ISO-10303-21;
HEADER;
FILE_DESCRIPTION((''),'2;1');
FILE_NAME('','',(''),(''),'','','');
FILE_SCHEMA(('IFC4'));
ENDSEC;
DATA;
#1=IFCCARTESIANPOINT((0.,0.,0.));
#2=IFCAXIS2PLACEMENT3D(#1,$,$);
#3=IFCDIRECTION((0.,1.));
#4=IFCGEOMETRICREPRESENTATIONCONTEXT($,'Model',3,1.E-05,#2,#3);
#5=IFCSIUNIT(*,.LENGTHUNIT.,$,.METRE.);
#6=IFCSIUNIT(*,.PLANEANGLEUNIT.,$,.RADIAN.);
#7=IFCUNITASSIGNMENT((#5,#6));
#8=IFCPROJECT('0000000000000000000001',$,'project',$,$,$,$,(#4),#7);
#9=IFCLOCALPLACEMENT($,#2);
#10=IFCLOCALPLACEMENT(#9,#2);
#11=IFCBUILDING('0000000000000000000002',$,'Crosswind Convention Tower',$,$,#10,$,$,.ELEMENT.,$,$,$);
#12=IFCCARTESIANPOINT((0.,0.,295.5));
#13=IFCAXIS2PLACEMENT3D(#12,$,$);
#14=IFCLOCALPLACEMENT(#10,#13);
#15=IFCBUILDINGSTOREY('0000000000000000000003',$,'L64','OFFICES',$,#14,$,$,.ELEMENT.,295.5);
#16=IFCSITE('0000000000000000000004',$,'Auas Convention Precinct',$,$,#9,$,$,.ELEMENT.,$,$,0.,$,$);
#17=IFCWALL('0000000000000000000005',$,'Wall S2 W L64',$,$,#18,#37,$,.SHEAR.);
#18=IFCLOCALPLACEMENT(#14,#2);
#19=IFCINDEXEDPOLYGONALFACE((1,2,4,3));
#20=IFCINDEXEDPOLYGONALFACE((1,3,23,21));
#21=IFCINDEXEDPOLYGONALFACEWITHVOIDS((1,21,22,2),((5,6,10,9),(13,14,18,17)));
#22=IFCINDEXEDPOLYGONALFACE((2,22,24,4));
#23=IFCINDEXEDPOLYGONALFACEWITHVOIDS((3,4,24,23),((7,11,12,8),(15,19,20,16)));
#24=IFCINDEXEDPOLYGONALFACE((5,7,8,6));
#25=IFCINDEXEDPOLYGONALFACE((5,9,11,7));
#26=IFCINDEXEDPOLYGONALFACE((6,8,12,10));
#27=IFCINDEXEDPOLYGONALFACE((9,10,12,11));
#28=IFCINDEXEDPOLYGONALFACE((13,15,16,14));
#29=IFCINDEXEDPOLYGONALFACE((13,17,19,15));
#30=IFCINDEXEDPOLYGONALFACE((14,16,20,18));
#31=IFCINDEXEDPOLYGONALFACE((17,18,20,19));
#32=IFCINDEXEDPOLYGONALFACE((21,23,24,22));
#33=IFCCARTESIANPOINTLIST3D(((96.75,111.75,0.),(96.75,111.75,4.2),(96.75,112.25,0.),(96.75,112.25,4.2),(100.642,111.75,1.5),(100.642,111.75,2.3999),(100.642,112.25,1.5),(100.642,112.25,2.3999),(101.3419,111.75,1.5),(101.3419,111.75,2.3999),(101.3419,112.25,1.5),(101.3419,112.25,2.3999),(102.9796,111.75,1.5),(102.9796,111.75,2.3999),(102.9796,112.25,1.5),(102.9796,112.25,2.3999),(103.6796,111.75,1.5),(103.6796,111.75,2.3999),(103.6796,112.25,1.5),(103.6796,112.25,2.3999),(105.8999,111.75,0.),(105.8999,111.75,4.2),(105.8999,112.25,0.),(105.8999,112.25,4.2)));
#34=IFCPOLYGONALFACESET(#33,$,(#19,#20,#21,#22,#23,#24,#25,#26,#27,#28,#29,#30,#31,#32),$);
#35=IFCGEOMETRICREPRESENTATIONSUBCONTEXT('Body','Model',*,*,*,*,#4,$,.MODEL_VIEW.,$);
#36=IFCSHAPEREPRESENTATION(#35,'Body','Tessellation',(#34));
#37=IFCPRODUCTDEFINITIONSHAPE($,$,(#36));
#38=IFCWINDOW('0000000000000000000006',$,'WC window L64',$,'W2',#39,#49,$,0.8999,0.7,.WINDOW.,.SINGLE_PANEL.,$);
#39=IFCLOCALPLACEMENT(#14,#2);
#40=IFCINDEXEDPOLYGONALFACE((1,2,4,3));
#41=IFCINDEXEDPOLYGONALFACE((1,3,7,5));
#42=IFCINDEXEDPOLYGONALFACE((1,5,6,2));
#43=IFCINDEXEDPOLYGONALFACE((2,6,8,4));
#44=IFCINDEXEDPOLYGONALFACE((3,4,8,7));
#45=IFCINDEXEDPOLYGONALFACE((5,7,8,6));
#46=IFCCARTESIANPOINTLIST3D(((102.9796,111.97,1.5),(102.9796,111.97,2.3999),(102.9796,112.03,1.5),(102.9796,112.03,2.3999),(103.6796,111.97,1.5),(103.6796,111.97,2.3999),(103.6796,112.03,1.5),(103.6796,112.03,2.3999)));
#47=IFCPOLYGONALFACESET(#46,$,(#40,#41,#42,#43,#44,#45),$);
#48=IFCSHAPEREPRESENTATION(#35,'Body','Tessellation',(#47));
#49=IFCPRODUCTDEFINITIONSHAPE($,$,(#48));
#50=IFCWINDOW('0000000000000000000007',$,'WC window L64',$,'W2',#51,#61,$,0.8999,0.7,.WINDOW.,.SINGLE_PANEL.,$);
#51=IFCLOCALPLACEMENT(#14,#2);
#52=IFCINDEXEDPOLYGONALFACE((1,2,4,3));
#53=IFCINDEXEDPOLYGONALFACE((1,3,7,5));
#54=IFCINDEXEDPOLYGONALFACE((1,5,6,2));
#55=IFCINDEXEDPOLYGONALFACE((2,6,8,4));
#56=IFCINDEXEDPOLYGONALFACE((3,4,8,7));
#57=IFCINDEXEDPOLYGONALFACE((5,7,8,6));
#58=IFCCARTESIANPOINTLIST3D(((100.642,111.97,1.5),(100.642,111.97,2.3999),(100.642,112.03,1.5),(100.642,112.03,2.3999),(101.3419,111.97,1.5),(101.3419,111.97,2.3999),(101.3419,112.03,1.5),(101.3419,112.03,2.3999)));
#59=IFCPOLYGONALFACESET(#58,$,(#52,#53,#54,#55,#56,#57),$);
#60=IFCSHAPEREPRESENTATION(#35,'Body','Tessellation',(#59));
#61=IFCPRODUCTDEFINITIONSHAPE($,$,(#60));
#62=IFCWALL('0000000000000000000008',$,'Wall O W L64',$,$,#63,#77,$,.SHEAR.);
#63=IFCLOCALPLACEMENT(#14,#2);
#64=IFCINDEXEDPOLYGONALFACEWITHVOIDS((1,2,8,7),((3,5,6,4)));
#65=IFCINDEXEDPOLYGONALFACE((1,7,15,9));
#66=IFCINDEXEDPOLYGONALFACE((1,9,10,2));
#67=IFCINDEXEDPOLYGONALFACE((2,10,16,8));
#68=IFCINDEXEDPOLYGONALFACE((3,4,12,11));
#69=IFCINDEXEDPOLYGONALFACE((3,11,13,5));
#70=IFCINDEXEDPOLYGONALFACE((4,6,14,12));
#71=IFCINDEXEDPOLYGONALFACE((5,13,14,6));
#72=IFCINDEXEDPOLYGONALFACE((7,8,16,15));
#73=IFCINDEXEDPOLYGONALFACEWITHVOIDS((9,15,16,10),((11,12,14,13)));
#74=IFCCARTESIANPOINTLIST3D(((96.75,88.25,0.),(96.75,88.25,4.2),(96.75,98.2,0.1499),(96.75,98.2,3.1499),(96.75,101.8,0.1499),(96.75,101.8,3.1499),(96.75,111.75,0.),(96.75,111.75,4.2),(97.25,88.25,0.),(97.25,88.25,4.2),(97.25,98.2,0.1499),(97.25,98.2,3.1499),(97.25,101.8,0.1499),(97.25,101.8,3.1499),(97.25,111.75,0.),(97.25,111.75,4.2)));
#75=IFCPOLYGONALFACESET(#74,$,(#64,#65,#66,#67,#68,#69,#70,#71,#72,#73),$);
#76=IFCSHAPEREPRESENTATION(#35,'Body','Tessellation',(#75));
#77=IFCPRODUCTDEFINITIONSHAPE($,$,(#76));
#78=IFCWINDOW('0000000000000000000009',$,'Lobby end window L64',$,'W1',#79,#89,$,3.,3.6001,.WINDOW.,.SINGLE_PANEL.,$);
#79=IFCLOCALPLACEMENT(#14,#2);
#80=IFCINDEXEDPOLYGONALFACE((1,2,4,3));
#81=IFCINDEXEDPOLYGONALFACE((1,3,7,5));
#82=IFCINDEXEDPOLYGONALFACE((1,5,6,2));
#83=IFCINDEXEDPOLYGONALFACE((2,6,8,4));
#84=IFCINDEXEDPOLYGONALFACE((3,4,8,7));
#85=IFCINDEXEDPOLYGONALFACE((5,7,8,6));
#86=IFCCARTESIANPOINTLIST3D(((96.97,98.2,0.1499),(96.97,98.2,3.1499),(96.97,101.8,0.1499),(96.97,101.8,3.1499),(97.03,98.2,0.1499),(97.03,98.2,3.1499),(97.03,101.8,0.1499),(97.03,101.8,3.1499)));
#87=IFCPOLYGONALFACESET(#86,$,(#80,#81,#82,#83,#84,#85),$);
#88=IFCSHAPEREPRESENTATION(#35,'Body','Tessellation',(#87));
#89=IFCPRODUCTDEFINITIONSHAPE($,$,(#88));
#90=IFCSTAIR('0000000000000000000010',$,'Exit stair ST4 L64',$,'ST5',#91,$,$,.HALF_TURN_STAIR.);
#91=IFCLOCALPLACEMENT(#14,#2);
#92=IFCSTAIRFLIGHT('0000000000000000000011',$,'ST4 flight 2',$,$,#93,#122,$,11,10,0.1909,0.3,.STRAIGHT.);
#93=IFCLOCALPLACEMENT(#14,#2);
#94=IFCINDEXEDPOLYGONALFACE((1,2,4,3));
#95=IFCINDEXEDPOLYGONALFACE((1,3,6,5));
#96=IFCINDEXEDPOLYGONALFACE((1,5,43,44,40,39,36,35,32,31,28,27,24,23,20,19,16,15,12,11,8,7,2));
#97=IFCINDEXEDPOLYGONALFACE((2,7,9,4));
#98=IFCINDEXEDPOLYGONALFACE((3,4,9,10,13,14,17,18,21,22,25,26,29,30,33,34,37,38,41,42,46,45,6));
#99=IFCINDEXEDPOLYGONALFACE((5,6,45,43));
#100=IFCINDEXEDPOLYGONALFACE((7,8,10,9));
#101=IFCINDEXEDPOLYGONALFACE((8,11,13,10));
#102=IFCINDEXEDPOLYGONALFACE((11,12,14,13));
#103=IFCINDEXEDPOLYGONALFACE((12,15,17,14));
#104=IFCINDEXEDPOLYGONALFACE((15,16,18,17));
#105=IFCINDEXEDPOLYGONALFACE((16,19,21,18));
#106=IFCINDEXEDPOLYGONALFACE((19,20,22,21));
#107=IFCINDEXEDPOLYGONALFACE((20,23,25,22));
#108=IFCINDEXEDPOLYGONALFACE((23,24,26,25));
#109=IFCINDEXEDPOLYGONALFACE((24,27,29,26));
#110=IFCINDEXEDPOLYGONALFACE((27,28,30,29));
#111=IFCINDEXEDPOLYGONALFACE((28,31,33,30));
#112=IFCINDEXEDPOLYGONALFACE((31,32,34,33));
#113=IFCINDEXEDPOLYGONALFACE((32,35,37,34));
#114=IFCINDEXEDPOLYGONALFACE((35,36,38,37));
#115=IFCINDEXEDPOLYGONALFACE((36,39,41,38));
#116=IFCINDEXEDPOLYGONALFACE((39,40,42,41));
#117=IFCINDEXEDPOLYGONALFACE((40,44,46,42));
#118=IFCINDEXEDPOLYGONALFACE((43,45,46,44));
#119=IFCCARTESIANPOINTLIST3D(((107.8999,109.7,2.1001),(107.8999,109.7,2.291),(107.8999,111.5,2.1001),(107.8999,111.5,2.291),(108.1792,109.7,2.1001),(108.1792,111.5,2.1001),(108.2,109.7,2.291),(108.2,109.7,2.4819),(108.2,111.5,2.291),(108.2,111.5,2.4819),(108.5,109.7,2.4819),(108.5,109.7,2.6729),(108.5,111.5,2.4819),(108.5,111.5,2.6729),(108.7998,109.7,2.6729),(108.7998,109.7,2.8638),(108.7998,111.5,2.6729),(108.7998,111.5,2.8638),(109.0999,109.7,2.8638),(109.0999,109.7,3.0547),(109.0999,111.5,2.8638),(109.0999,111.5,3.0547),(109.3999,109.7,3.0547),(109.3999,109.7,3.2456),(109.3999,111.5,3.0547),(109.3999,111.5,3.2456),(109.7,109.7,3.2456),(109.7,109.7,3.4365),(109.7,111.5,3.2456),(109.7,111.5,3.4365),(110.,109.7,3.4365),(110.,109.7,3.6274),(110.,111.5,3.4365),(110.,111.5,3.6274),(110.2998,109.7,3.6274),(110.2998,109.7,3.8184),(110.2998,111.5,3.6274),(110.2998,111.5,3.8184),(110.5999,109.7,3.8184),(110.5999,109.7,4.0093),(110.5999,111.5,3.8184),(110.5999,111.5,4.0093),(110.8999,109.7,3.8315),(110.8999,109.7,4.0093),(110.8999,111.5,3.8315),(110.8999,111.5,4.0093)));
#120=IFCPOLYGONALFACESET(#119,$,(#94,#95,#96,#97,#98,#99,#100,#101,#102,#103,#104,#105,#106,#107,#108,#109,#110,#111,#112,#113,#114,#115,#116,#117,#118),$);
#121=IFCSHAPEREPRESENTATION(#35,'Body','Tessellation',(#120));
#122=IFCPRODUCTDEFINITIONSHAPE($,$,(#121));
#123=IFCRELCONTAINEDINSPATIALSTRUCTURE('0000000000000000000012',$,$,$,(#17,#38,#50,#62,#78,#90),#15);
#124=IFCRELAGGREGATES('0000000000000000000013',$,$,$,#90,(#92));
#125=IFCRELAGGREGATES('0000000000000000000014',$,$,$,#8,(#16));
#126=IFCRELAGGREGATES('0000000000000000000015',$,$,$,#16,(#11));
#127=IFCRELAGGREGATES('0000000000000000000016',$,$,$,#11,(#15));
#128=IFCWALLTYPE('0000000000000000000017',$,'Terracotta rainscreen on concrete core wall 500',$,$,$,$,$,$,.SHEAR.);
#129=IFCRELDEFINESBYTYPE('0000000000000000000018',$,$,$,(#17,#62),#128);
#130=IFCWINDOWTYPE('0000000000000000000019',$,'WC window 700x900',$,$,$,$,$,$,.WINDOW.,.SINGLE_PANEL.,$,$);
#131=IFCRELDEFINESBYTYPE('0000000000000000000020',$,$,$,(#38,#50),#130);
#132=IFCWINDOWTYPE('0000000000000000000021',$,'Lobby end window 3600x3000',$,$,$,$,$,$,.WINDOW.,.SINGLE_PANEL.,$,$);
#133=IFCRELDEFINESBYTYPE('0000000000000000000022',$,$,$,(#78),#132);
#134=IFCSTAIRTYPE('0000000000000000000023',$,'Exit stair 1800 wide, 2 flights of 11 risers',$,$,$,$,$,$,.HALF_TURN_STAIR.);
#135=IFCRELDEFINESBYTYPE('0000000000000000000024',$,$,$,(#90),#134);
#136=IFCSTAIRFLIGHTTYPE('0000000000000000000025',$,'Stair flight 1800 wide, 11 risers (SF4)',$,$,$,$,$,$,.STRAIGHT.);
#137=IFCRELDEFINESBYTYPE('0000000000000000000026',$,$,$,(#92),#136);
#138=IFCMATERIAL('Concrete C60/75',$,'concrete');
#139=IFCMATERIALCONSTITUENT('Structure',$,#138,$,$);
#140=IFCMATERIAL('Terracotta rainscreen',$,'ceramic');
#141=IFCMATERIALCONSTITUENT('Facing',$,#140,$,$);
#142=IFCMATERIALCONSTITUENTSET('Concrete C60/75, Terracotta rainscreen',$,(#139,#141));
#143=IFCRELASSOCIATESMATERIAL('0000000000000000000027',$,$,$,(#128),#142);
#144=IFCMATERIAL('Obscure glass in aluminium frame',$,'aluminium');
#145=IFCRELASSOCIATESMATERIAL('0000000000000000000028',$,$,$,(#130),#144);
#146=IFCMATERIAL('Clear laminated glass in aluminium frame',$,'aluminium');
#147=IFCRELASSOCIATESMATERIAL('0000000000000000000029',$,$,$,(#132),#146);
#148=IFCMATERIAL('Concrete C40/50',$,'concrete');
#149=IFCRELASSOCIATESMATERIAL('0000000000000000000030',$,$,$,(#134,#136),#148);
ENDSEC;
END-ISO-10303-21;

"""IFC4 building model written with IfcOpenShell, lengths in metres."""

from ifc_helpers import new_model, si_unit, direction, frame, frame_2d, origin, place, context, subcontext, project, spatial, polyline, rectangle, outline, extrude, material, constituent, constituent_set, type_object, element, fill, aggregate, save


model = new_model("IFC4")

# Units and contexts
model_context = context("Model", 3, precision=1e-05, world=origin(), true_north=direction((0.0, 1.0)))
body_context = subcontext(model_context, "Body", "Model", "MODEL_VIEW")
ifc_project = project(units=[si_unit("LENGTHUNIT", "METRE"), si_unit("PLANEANGLEUNIT", "RADIAN")], contexts=[model_context])

# Site, building, storey
site_placement = place(None, origin())
site = spatial("IfcSite", under=ifc_project, at=site_placement, Name="Auas Convention Precinct", CompositionType="ELEMENT", RefElevation=0.0)
building_placement = place(site_placement, origin())
building = spatial("IfcBuilding", under=site, at=building_placement, Name="Crosswind Convention Tower", CompositionType="ELEMENT")
storey_placement = place(building_placement, frame((0.0, 0.0, 295.5)))
storey = spatial("IfcBuildingStorey", under=building, at=storey_placement, Name="L64", Description="OFFICES", CompositionType="ELEMENT", Elevation=295.5)

# Wall, openings, windows
ifc_material_1 = material(Name="Concrete C60/75", Category="concrete")
ifc_constituent_1 = constituent(ifc_material_1, Name="Structure")
ifc_material_2 = material(Name="Terracotta rainscreen", Category="ceramic")
ifc_constituent_2 = constituent(ifc_material_2, Name="Facing")
ifc_constituent_set = constituent_set(constituents=[ifc_constituent_1, ifc_constituent_2], Name="Concrete C60/75, Terracotta rainscreen")
wall_type_1 = type_object("IfcWallType", Name="Terracotta rainscreen on concrete core wall 500", PredefinedType="SHEAR", material=ifc_constituent_set)
wall_1_placement = place(storey_placement, frame((105.8999, 112.0, 0.0), z_axis=(0.0, 0.0, 1.0), x_axis=(-1.0, 0.0, 0.0)))
wall_1 = element("IfcWall", 1, at=wall_1_placement, inside=storey, type_object=wall_type_1, Name="Wall S2 W L64", PredefinedType="SHEAR", context=body_context, shape_type="SweptSolid", body=[
    extrude(rectangle(XDim=9.1499, YDim=0.5, at=frame_2d((4.575, 0.0))), origin(), (0.0, 0.0, 1.0), 4.2),
])
opening_1_placement = place(wall_1_placement, frame((2.2202, 0.0, 1.5)))
opening_1 = element("IfcOpeningElement", 2, at=opening_1_placement, cuts=wall_1, PredefinedType="OPENING", context=body_context, shape_type="SweptSolid", body=[
    extrude(rectangle(XDim=0.7, YDim=0.8999, at=frame_2d((0.3501, 0.45))), frame((0.0, 0.26, 0.0), z_axis=(0.0, -1.0, 0.0), x_axis=(1.0, 0.0, 0.0)), (0.0, 0.0, 1.0), 0.52),
])
opening_2_placement = place(wall_1_placement, frame((4.5579, 0.0, 1.5)))
opening_2 = element("IfcOpeningElement", 3, at=opening_2_placement, cuts=wall_1, PredefinedType="OPENING", context=body_context, shape_type="SweptSolid", body=[
    extrude(rectangle(XDim=0.7, YDim=0.8999, at=frame_2d((0.3501, 0.45))), frame((0.0, 0.26, 0.0), z_axis=(0.0, -1.0, 0.0), x_axis=(1.0, 0.0, 0.0)), (0.0, 0.0, 1.0), 0.52),
])
ifc_material_3 = material(Name="Obscure glass in aluminium frame", Category="aluminium")
window_type_1 = type_object("IfcWindowType", Name="WC window 700x900", PartitioningType="SINGLE_PANEL", PredefinedType="WINDOW", material=ifc_material_3)
window_1_placement = place(opening_1_placement, origin())
window_1 = element("IfcWindow", 4, at=window_1_placement, inside=storey, type_object=window_type_1, Name="WC window L64", ObjectType="W2", OverallHeight=0.8999, OverallWidth=0.7, PartitioningType="SINGLE_PANEL", PredefinedType="WINDOW", context=body_context, shape_type="SweptSolid", body=[
    extrude(rectangle(XDim=0.7, YDim=0.8999, at=frame_2d((0.3501, 0.45))), frame((0.0, 0.03, 0.0), z_axis=(0.0, -1.0, 0.0), x_axis=(1.0, 0.0, 0.0)), (0.0, 0.0, 1.0), 0.0601),
])
fill(opening_1, window_1)
window_2_placement = place(opening_2_placement, origin())
window_2 = element("IfcWindow", 5, at=window_2_placement, inside=storey, type_object=window_type_1, Name="WC window L64", ObjectType="W2", OverallHeight=0.8999, OverallWidth=0.7, PartitioningType="SINGLE_PANEL", PredefinedType="WINDOW", context=body_context, shape_type="SweptSolid", body=[
    extrude(rectangle(XDim=0.7, YDim=0.8999, at=frame_2d((0.3501, 0.45))), frame((0.0, 0.03, 0.0), z_axis=(0.0, -1.0, 0.0), x_axis=(1.0, 0.0, 0.0)), (0.0, 0.0, 1.0), 0.0601),
])
fill(opening_2, window_2)

# Wall, opening, window
wall_2_placement = place(storey_placement, frame((97.0, 111.75, 0.0), z_axis=(0.0, 0.0, 1.0), x_axis=(0.0, -1.0, 0.0)))
wall_2 = element("IfcWall", 6, at=wall_2_placement, inside=storey, type_object=wall_type_1, Name="Wall O W L64", PredefinedType="SHEAR", context=body_context, shape_type="SweptSolid", body=[
    extrude(rectangle(XDim=23.5, YDim=0.5, at=frame_2d((11.75, 0.0))), origin(), (0.0, 0.0, 1.0), 4.2),
])
opening_3_placement = place(wall_2_placement, frame((9.95, 0.0, 0.1499)))
opening_3 = element("IfcOpeningElement", 7, at=opening_3_placement, cuts=wall_2, PredefinedType="OPENING", context=body_context, shape_type="SweptSolid", body=[
    extrude(rectangle(XDim=3.6001, YDim=3.0, at=frame_2d((1.8, 1.5))), frame((0.0, 0.26, 0.0), z_axis=(0.0, -1.0, 0.0), x_axis=(1.0, 0.0, 0.0)), (0.0, 0.0, 1.0), 0.52),
])
ifc_material_4 = material(Name="Clear laminated glass in aluminium frame", Category="aluminium")
window_type_2 = type_object("IfcWindowType", Name="Lobby end window 3600x3000", PartitioningType="SINGLE_PANEL", PredefinedType="WINDOW", material=ifc_material_4)
window_3_placement = place(opening_3_placement, origin())
window_3 = element("IfcWindow", 8, at=window_3_placement, inside=storey, type_object=window_type_2, Name="Lobby end window L64", ObjectType="W1", OverallHeight=3.0, OverallWidth=3.6001, PartitioningType="SINGLE_PANEL", PredefinedType="WINDOW", context=body_context, shape_type="SweptSolid", body=[
    extrude(rectangle(XDim=3.6001, YDim=3.0, at=frame_2d((1.8, 1.5))), frame((0.0, 0.03, 0.0), z_axis=(0.0, -1.0, 0.0), x_axis=(1.0, 0.0, 0.0)), (0.0, 0.0, 1.0), 0.0601),
])
fill(opening_3, window_3)

# Stair, stair flight
ifc_material_5 = material(Name="Concrete C40/50", Category="concrete")
stair_type = type_object("IfcStairType", Name="Exit stair 1800 wide, 2 flights of 11 risers", PredefinedType="HALF_TURN_STAIR", material=ifc_material_5)
stair_placement = place(storey_placement, origin())
stair = element("IfcStair", 9, at=stair_placement, inside=storey, type_object=stair_type, Name="Exit stair ST4 L64", ObjectType="ST5", PredefinedType="HALF_TURN_STAIR")
stair_flight_type = type_object("IfcStairFlightType", Name="Stair flight 1800 wide, 11 risers (SF4)", PredefinedType="STRAIGHT", material=ifc_material_5)
stair_flight_placement = place(storey_placement, frame((107.8999, 110.6001, 2.1001), z_axis=(0.0, 0.0, 1.0), x_axis=(1.0, 0.0, 0.0)))
stair_flight = element("IfcStairFlight", 10, at=stair_flight_placement, type_object=stair_flight_type, Name="ST4 flight 2", NumberOfRisers=11, NumberOfTreads=10, PredefinedType="STRAIGHT", RiserHeight=0.1909, TreadLength=0.3, context=body_context, shape_type="SweptSolid", body=[
    extrude(outline(polyline([(0.0, 0.0), (0.0, 0.1909), (0.3, 0.1909), (0.3, 0.3818), (0.6001, 0.3818), (0.6001, 0.5728), (0.8999, 0.5728), (0.8999, 0.7637), (1.2, 0.7637), (1.2, 0.9546), (1.5, 0.9546), (1.5, 1.1455), (1.8, 1.1455), (1.8, 1.3364), (2.1001, 1.3364), (2.1001, 1.5273), (2.3999, 1.5273), (2.3999, 1.7183), (2.7, 1.7183), (2.7, 1.9092), (3.0, 1.9092), (3.0, 2.1001), (3.0, 1.7314), (0.2793, 0.0), (0.0, 0.0)])), frame((0.0, 0.8999, 0.0), z_axis=(0.0, -1.0, 0.0), x_axis=(1.0, 0.0, 0.0)), (0.0, 0.0, 1.0), 1.8),
])
aggregate(stair, [stair_flight])

save(model, "model.ifc")
